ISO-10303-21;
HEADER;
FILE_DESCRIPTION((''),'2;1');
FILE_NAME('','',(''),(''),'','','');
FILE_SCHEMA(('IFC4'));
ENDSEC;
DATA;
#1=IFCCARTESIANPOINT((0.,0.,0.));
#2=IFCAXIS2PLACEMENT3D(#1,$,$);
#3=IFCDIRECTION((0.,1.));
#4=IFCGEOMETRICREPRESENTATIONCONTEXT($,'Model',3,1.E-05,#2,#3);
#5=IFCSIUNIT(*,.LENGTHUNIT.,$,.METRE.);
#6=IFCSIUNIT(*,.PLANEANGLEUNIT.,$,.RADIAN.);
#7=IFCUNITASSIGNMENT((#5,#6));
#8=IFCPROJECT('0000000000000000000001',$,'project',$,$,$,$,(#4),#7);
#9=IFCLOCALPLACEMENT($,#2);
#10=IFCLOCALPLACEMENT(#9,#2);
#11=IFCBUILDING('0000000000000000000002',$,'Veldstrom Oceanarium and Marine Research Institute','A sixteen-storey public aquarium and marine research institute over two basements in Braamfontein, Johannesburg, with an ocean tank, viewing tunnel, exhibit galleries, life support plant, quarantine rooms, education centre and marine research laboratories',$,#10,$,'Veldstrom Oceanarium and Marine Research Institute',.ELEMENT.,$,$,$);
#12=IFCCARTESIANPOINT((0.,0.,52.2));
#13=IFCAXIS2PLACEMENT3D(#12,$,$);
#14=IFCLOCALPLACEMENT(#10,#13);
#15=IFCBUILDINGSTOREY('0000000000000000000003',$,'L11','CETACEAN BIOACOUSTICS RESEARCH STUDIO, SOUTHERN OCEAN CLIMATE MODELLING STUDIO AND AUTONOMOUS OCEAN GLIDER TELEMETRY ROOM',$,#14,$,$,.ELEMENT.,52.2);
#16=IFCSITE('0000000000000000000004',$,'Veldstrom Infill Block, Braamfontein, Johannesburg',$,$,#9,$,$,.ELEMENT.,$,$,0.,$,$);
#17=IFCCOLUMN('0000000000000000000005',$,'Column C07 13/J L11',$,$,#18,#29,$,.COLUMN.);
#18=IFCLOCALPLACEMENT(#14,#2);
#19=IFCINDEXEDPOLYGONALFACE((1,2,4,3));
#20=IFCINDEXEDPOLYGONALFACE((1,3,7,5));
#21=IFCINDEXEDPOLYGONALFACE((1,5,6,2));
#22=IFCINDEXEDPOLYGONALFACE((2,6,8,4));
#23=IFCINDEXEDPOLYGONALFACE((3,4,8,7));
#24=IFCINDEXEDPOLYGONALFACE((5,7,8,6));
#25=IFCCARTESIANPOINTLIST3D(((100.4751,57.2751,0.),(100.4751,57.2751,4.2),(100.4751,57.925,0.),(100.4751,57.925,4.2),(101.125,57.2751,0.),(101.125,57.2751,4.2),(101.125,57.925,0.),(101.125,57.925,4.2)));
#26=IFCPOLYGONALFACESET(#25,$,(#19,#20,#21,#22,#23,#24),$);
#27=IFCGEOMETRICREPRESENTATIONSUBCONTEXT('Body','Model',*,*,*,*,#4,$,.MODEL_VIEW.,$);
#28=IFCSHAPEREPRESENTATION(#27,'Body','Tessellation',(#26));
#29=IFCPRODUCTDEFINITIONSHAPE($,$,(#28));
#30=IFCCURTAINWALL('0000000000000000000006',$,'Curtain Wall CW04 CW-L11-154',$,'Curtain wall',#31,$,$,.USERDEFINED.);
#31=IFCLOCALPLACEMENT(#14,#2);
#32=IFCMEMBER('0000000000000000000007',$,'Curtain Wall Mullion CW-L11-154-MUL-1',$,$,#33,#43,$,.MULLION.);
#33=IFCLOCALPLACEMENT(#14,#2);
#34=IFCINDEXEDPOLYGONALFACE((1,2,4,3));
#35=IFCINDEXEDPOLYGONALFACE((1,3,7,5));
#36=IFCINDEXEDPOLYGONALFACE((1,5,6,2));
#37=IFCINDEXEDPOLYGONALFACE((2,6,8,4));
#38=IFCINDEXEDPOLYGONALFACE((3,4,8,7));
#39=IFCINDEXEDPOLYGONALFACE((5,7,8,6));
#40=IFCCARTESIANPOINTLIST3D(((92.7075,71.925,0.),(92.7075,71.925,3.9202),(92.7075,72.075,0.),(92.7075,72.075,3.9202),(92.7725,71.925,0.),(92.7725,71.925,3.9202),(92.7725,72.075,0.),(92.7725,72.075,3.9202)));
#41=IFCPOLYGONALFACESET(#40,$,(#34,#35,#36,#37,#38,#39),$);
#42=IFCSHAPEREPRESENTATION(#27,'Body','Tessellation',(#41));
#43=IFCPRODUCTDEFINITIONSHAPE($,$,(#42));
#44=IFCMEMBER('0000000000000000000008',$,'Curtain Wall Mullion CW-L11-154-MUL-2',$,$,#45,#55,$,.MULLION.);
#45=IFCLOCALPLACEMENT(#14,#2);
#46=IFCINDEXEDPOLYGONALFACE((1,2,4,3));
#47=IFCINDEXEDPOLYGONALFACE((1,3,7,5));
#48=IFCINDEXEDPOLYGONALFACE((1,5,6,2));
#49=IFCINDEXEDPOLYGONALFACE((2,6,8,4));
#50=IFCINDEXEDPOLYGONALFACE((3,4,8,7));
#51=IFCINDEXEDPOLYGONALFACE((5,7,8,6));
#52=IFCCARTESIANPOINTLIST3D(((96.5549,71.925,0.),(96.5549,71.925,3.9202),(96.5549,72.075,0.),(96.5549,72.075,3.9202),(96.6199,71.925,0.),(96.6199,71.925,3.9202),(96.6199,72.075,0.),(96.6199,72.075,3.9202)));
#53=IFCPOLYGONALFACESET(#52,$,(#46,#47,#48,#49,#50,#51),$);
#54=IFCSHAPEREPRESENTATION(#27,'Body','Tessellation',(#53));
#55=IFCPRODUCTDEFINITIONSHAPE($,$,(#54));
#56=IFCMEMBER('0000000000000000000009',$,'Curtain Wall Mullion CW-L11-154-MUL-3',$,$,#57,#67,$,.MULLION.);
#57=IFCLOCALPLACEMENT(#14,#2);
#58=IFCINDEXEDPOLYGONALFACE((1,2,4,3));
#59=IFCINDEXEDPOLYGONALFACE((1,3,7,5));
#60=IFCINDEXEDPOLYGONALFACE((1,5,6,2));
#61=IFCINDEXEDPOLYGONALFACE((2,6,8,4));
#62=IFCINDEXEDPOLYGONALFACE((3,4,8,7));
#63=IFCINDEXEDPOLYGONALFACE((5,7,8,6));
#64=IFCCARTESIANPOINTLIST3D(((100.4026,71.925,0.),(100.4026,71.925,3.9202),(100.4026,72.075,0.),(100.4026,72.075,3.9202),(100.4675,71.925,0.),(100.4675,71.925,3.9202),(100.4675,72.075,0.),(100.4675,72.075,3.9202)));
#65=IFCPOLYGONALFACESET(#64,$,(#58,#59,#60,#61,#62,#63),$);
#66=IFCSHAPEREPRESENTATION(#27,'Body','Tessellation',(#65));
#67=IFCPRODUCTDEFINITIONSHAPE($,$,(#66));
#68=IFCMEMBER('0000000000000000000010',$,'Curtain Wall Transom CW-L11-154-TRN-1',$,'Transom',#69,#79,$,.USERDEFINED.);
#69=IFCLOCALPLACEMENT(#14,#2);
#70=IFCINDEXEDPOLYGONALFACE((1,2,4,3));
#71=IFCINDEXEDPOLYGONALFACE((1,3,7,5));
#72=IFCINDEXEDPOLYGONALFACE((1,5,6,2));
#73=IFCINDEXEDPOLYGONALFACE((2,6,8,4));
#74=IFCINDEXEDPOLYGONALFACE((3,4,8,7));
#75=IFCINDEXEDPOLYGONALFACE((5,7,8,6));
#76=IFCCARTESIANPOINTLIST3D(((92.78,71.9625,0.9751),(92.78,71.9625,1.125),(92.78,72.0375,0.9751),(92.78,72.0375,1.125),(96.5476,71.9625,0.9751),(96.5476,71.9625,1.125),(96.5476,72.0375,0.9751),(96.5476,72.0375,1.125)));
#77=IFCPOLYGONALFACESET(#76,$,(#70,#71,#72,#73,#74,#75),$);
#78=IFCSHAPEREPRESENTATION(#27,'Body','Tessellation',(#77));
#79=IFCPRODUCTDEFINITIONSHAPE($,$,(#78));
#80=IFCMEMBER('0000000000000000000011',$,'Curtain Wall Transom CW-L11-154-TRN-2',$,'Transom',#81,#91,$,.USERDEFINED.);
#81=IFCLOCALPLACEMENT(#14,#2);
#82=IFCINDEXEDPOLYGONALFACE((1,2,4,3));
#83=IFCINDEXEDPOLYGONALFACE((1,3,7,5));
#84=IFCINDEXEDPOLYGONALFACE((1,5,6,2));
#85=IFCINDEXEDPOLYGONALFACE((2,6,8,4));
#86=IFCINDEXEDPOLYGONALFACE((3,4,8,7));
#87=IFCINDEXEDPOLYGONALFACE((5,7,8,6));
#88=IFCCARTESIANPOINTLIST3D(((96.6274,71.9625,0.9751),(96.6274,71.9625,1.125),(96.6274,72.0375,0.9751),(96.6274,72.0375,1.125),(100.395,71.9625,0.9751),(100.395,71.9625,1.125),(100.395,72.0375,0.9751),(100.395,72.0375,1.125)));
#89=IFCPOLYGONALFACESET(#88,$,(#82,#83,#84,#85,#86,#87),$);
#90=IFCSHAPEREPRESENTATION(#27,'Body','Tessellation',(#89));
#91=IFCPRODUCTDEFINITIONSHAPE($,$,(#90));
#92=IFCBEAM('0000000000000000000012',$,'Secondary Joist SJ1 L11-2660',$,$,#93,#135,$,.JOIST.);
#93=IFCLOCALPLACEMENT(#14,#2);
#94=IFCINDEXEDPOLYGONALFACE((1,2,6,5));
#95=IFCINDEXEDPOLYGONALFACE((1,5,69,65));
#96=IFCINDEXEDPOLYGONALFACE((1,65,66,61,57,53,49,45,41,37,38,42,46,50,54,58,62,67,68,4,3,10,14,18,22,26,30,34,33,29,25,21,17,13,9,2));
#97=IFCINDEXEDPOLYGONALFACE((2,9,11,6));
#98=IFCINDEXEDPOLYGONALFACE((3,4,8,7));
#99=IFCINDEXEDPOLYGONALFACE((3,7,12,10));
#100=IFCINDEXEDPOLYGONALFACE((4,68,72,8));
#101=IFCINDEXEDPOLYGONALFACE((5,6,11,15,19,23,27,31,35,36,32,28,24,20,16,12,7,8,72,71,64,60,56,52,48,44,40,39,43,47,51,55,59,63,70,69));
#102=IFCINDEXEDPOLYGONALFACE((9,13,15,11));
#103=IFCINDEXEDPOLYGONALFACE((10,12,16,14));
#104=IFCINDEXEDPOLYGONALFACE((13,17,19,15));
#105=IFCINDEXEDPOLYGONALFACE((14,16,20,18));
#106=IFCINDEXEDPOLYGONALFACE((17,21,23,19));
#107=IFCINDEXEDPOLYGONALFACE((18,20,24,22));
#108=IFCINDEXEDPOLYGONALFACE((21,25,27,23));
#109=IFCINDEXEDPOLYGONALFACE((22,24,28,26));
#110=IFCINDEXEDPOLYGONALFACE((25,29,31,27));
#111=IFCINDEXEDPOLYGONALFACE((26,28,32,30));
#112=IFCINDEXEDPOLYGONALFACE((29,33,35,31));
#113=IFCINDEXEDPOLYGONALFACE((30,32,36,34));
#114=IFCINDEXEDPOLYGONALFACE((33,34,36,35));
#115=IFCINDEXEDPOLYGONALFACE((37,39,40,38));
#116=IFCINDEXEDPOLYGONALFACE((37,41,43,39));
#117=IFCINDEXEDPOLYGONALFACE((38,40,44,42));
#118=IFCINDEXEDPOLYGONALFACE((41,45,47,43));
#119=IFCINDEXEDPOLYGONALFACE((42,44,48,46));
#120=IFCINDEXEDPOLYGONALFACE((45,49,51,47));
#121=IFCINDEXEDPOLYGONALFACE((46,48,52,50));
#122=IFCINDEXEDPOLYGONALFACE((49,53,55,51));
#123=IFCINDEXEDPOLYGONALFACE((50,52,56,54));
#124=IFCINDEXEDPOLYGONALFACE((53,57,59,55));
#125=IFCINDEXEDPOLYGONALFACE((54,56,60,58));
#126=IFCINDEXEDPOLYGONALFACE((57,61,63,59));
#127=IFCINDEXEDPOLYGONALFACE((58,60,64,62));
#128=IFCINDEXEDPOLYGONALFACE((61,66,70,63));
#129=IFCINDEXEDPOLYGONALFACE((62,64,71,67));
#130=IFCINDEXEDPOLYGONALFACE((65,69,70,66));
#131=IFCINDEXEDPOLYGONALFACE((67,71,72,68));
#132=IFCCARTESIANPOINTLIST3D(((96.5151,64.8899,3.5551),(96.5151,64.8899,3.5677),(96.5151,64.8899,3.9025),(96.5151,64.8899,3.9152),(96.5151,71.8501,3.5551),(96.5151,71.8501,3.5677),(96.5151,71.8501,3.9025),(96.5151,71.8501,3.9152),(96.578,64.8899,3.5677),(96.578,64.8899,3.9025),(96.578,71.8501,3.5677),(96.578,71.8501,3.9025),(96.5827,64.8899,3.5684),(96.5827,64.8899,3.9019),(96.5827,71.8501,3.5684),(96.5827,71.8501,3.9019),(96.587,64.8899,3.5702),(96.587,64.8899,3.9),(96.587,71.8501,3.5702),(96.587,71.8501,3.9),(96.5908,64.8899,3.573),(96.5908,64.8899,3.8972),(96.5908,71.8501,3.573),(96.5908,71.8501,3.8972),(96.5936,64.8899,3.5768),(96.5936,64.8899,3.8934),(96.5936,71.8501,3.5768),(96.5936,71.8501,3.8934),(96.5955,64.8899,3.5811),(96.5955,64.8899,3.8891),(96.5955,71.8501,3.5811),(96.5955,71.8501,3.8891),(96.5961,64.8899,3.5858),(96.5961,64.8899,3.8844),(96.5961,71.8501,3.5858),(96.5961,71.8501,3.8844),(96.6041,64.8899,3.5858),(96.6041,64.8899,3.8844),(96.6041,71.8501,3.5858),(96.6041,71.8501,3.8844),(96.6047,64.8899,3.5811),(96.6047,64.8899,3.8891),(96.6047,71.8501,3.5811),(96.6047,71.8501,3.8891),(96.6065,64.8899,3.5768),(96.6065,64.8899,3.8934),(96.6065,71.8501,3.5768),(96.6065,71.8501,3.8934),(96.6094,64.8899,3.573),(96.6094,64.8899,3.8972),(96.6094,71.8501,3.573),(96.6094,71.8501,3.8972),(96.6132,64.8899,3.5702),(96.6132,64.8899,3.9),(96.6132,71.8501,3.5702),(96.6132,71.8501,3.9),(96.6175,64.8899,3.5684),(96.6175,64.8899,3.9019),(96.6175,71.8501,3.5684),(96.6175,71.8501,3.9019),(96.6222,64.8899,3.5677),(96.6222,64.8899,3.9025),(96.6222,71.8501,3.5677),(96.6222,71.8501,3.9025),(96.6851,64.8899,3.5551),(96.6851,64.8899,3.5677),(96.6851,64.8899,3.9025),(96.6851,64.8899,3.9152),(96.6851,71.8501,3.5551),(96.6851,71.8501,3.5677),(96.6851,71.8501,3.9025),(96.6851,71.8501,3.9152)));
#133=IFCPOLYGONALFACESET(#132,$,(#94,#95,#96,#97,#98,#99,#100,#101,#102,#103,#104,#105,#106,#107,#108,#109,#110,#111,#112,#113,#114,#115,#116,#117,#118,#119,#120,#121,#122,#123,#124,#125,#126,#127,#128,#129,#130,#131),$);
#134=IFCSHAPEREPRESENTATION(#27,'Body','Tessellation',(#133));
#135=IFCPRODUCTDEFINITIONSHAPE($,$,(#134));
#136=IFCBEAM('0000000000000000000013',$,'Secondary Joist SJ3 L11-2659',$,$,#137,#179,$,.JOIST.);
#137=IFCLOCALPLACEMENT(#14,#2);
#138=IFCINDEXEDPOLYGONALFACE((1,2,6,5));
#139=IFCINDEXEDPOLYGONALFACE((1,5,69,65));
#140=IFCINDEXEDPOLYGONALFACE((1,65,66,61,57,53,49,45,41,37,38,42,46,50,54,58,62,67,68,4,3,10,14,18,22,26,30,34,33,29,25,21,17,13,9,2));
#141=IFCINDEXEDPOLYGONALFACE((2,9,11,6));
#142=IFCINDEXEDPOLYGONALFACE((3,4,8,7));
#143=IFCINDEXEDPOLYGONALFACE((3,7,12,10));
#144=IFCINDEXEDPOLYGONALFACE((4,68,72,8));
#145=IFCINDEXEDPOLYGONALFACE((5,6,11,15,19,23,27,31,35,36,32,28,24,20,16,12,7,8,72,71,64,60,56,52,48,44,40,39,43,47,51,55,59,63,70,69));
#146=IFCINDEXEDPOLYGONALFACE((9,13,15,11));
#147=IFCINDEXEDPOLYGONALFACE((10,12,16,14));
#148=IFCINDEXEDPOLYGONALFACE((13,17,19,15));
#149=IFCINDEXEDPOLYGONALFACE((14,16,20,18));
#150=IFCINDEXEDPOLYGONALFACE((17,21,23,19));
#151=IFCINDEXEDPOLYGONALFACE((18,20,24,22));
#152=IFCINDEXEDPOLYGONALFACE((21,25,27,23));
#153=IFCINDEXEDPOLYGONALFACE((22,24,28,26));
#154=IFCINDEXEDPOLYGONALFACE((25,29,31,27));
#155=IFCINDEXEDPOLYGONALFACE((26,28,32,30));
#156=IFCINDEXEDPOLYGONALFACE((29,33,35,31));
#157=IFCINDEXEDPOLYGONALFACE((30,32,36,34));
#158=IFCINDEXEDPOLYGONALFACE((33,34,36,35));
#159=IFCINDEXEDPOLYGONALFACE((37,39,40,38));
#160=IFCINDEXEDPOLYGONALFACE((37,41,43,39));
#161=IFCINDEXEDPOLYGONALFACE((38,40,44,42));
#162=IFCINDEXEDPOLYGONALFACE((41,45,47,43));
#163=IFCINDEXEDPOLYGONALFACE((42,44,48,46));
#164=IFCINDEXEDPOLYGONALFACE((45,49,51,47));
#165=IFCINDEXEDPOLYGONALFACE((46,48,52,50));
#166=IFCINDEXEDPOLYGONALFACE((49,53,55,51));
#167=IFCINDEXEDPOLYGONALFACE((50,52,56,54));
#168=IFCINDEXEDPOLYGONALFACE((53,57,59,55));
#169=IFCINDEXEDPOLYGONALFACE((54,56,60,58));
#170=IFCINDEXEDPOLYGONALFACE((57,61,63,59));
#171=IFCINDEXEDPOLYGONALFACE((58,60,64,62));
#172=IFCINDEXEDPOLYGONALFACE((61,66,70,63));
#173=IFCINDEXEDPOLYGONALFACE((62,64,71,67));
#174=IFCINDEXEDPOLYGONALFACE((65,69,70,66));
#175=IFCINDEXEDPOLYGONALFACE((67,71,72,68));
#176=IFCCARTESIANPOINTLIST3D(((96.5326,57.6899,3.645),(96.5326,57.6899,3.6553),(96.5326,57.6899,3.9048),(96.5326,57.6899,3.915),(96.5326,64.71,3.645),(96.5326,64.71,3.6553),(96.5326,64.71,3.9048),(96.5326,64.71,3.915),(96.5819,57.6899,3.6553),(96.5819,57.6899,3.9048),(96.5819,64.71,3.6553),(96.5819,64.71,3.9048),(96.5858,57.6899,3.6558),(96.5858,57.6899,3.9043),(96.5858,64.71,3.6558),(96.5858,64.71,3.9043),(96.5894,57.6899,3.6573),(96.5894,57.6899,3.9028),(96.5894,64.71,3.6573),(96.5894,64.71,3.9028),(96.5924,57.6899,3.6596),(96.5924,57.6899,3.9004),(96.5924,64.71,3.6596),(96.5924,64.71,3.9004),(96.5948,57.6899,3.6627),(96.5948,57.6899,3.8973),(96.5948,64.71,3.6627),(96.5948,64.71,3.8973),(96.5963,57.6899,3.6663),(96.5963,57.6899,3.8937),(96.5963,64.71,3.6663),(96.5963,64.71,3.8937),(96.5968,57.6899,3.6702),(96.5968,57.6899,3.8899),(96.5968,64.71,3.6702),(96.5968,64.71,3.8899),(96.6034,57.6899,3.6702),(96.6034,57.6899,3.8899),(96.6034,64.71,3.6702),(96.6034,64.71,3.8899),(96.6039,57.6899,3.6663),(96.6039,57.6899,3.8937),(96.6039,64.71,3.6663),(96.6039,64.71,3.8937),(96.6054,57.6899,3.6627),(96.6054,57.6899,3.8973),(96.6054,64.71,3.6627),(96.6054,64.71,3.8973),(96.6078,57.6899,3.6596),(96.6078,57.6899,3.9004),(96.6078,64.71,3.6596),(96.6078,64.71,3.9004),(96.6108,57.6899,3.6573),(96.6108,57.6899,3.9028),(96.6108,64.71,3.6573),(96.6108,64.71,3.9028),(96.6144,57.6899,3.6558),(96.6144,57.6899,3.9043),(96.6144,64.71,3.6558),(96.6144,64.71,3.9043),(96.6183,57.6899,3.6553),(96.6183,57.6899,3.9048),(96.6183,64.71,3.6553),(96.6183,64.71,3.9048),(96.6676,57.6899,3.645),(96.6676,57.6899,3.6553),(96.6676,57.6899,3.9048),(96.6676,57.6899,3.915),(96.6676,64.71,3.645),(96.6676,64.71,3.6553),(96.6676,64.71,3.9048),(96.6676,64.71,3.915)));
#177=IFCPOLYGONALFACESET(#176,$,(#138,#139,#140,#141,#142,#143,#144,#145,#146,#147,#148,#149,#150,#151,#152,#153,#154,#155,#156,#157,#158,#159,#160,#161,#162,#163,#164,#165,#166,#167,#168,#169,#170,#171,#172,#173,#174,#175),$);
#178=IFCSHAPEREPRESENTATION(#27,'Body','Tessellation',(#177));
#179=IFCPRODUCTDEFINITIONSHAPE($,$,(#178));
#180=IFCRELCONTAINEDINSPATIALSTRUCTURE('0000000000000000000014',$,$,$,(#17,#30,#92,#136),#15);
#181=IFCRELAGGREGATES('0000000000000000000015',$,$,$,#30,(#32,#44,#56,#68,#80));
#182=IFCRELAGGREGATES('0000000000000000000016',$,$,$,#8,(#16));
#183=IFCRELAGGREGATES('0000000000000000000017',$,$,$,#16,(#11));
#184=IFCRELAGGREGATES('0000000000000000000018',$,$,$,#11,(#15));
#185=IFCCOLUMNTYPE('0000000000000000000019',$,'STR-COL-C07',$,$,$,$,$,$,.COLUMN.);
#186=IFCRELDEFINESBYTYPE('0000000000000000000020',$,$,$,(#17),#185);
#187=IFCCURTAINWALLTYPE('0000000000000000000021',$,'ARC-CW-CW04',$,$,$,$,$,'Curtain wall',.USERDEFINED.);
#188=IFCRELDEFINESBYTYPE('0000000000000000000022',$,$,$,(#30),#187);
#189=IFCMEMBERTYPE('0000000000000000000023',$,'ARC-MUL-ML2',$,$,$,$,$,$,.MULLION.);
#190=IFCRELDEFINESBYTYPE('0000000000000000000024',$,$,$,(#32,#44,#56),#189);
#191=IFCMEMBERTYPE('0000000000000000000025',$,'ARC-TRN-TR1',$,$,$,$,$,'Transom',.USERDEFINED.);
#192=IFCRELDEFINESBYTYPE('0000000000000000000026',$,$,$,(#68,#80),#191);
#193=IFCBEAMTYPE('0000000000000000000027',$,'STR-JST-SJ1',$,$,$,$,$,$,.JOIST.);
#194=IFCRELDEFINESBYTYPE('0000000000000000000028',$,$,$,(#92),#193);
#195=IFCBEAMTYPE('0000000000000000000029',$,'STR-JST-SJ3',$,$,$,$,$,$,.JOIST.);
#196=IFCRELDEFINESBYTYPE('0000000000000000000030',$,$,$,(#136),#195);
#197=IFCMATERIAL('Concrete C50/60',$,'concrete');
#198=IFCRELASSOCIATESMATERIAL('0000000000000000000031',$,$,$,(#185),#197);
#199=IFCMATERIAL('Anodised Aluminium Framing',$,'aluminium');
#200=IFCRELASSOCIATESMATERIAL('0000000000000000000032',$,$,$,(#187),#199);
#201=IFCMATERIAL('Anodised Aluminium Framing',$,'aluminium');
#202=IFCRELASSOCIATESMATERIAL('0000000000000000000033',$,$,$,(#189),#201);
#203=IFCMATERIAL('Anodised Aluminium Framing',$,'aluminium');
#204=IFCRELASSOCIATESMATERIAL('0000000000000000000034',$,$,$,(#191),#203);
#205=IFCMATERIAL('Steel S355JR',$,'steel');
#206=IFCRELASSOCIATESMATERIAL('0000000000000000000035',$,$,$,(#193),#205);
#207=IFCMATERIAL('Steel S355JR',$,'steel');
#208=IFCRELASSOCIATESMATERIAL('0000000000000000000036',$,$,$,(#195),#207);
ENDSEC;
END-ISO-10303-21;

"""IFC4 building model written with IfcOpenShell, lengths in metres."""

from ifc_helpers import new_model, si_unit, direction, frame, origin, origin_2d, place, context, subcontext, project, spatial, rectangle, i_section, extrude, material, material_profile, profile_set, type_object, element, aggregate, save


model = new_model("IFC4")

# Units and contexts
model_context = context("Model", 3, precision=1e-05, world=origin(), true_north=direction((0.0, 1.0)))
body_context = subcontext(model_context, "Body", "Model", "MODEL_VIEW")
ifc_project = project(units=[si_unit("LENGTHUNIT", "METRE"), si_unit("PLANEANGLEUNIT", "RADIAN")], contexts=[model_context])

# Site, building, storey
site_placement = place(None, origin())
site = spatial("IfcSite", under=ifc_project, at=site_placement, Name="Veldstrom Infill Block, Braamfontein, Johannesburg", CompositionType="ELEMENT", RefElevation=0.0)
building_placement = place(site_placement, origin())
building = spatial("IfcBuilding", under=site, at=building_placement, Name="Veldstrom Oceanarium and Marine Research Institute", Description="A sixteen-storey public aquarium and marine research institute over two basements in Braamfontein, Johannesburg, with an ocean tank, viewing tunnel, exhibit galleries, life support plant, quarantine rooms, education centre and marine research laboratories", LongName="Veldstrom Oceanarium and Marine Research Institute", CompositionType="ELEMENT")
storey_placement = place(building_placement, frame((0.0, 0.0, 52.2)))
storey = spatial("IfcBuildingStorey", under=building, at=storey_placement, Name="L11", Description="CETACEAN BIOACOUSTICS RESEARCH STUDIO, SOUTHERN OCEAN CLIMATE MODELLING STUDIO AND AUTONOMOUS OCEAN GLIDER TELEMETRY ROOM", CompositionType="ELEMENT", Elevation=52.2)

# Column
ifc_material_1 = material(Name="Concrete C50/60", Category="concrete")
ifc_material_profile_1 = material_profile(ifc_material_1, rectangle(XDim=0.6499, YDim=0.6499, at=origin_2d()), Name="RC-COL-650x650")
ifc_profile_set_1 = profile_set([ifc_material_profile_1], Name="Concrete C50/60")
column_type = type_object("IfcColumnType", Name="STR-COL-C07", PredefinedType="COLUMN", material=ifc_profile_set_1)
column_placement = place(storey_placement, frame((100.8, 57.6001, 0.0), z_axis=(0.0, 0.0, 1.0), x_axis=(1.0, 0.0, 0.0)))
element("IfcColumn", 1, at=column_placement, inside=storey, type_object=column_type, Name="Column C07 13/J L11", PredefinedType="COLUMN", context=body_context, shape_type="SweptSolid", body=[
    extrude(rectangle(XDim=0.6499, YDim=0.6499, at=origin_2d()), origin(), (0.0, 0.0, 1.0), 4.2),
])

# Curtain wall, members
ifc_material_2 = material(Name="Anodised Aluminium Framing", Category="aluminium")
curtain_wall_type = type_object("IfcCurtainWallType", Name="ARC-CW-CW04", ElementType="Curtain wall", PredefinedType="USERDEFINED", material=ifc_material_2)
curtain_wall_placement = place(storey_placement, origin())
curtain_wall = element("IfcCurtainWall", 2, at=curtain_wall_placement, inside=storey, type_object=curtain_wall_type, Name="Curtain Wall CW04 CW-L11-154", ObjectType="Curtain wall", PredefinedType="USERDEFINED")
ifc_material_3 = material(Name="Anodised Aluminium Framing", Category="aluminium")
ifc_material_profile_2 = material_profile(ifc_material_3, rectangle(XDim=0.0649, YDim=0.1499, at=origin_2d()), Name="ALU-MUL-65x150")
ifc_profile_set_2 = profile_set([ifc_material_profile_2], Name="Anodised Aluminium Framing")
member_type_1 = type_object("IfcMemberType", Name="ARC-MUL-ML2", PredefinedType="MULLION", material=ifc_profile_set_2)
member_1_placement = place(storey_placement, frame((92.74, 72.0, 0.0), z_axis=(0.0, 0.0, 1.0), x_axis=(1.0, 0.0, 0.0)))
member_1 = element("IfcMember", 3, at=member_1_placement, type_object=member_type_1, Name="Curtain Wall Mullion CW-L11-154-MUL-1", PredefinedType="MULLION", context=body_context, shape_type="SweptSolid", body=[
    extrude(rectangle(XDim=0.0649, YDim=0.1499, at=origin_2d()), origin(), (0.0, 0.0, 1.0), 3.9202),
])
member_2_placement = place(storey_placement, frame((96.5874, 72.0, 0.0), z_axis=(0.0, 0.0, 1.0), x_axis=(1.0, 0.0, 0.0)))
member_2 = element("IfcMember", 4, at=member_2_placement, type_object=member_type_1, Name="Curtain Wall Mullion CW-L11-154-MUL-2", PredefinedType="MULLION", context=body_context, shape_type="SweptSolid", body=[
    extrude(rectangle(XDim=0.0649, YDim=0.1499, at=origin_2d()), origin(), (0.0, 0.0, 1.0), 3.9202),
])
member_3_placement = place(storey_placement, frame((100.4351, 72.0, 0.0), z_axis=(0.0, 0.0, 1.0), x_axis=(1.0, 0.0, 0.0)))
member_3 = element("IfcMember", 5, at=member_3_placement, type_object=member_type_1, Name="Curtain Wall Mullion CW-L11-154-MUL-3", PredefinedType="MULLION", context=body_context, shape_type="SweptSolid", body=[
    extrude(rectangle(XDim=0.0649, YDim=0.1499, at=origin_2d()), origin(), (0.0, 0.0, 1.0), 3.9202),
])
ifc_material_4 = material(Name="Anodised Aluminium Framing", Category="aluminium")
ifc_material_profile_3 = material_profile(ifc_material_4, rectangle(XDim=0.075, YDim=0.1499, at=origin_2d()), Name="ALU-TRN-75x150")
ifc_profile_set_3 = profile_set([ifc_material_profile_3], Name="Anodised Aluminium Framing")
member_type_2 = type_object("IfcMemberType", Name="ARC-TRN-TR1", ElementType="Transom", PredefinedType="USERDEFINED", material=ifc_profile_set_3)
member_4_placement = place(storey_placement, frame((92.78, 72.0, 1.05), z_axis=(1.0, 0.0, 0.0), x_axis=(0.0, 1.0, 0.0)))
member_4 = element("IfcMember", 6, at=member_4_placement, type_object=member_type_2, Name="Curtain Wall Transom CW-L11-154-TRN-1", ObjectType="Transom", PredefinedType="USERDEFINED", context=body_context, shape_type="SweptSolid", body=[
    extrude(rectangle(XDim=0.075, YDim=0.1499, at=origin_2d()), origin(), (0.0, 0.0, 1.0), 3.7676),
])
member_5_placement = place(storey_placement, frame((96.6274, 72.0, 1.05), z_axis=(1.0, 0.0, 0.0), x_axis=(0.0, 1.0, 0.0)))
member_5 = element("IfcMember", 7, at=member_5_placement, type_object=member_type_2, Name="Curtain Wall Transom CW-L11-154-TRN-2", ObjectType="Transom", PredefinedType="USERDEFINED", context=body_context, shape_type="SweptSolid", body=[
    extrude(rectangle(XDim=0.075, YDim=0.1499, at=origin_2d()), origin(), (0.0, 0.0, 1.0), 3.7676),
])

# Beams
ifc_material_5 = material(Name="Steel S355JR", Category="steel")
ifc_material_profile_4 = material_profile(ifc_material_5, i_section(OverallWidth=0.1699, OverallDepth=0.3601, WebThickness=0.0081, FlangeThickness=0.0127, FilletRadius=0.0181, at=origin_2d()), Name="IPE 360")
ifc_profile_set_4 = profile_set([ifc_material_profile_4], Name="Steel S355JR")
beam_type_1 = type_object("IfcBeamType", Name="STR-JST-SJ1", PredefinedType="JOIST", material=ifc_profile_set_4)
beam_1_placement = place(storey_placement, frame((96.6001, 64.8899, 3.7351), z_axis=(0.0, 1.0, 0.0), x_axis=(-1.0, 0.0, 0.0)))
element("IfcBeam", 8, at=beam_1_placement, inside=storey, type_object=beam_type_1, Name="Secondary Joist SJ1 L11-2660", PredefinedType="JOIST", context=body_context, shape_type="SweptSolid", body=[
    extrude(i_section(OverallWidth=0.1699, OverallDepth=0.3601, WebThickness=0.0081, FlangeThickness=0.0127, FilletRadius=0.0181, at=origin_2d()), origin(), (0.0, 0.0, 1.0), 6.9602),
])
ifc_material_6 = material(Name="Steel S355JR", Category="steel")
ifc_material_profile_5 = material_profile(ifc_material_6, i_section(OverallWidth=0.135, OverallDepth=0.27, WebThickness=0.0066, FlangeThickness=0.0103, FilletRadius=0.0149, at=origin_2d()), Name="IPE 270")
ifc_profile_set_5 = profile_set([ifc_material_profile_5], Name="Steel S355JR")
beam_type_2 = type_object("IfcBeamType", Name="STR-JST-SJ3", PredefinedType="JOIST", material=ifc_profile_set_5)
beam_2_placement = place(storey_placement, frame((96.6001, 57.6899, 3.78), z_axis=(0.0, 1.0, 0.0), x_axis=(-1.0, 0.0, 0.0)))
element("IfcBeam", 9, at=beam_2_placement, inside=storey, type_object=beam_type_2, Name="Secondary Joist SJ3 L11-2659", PredefinedType="JOIST", context=body_context, shape_type="SweptSolid", body=[
    extrude(i_section(OverallWidth=0.135, OverallDepth=0.27, WebThickness=0.0066, FlangeThickness=0.0103, FilletRadius=0.0149, at=origin_2d()), origin(), (0.0, 0.0, 1.0), 7.02),
])

aggregate(curtain_wall, [member_1, member_2, member_3, member_4, member_5])

save(model, "model.ifc")
